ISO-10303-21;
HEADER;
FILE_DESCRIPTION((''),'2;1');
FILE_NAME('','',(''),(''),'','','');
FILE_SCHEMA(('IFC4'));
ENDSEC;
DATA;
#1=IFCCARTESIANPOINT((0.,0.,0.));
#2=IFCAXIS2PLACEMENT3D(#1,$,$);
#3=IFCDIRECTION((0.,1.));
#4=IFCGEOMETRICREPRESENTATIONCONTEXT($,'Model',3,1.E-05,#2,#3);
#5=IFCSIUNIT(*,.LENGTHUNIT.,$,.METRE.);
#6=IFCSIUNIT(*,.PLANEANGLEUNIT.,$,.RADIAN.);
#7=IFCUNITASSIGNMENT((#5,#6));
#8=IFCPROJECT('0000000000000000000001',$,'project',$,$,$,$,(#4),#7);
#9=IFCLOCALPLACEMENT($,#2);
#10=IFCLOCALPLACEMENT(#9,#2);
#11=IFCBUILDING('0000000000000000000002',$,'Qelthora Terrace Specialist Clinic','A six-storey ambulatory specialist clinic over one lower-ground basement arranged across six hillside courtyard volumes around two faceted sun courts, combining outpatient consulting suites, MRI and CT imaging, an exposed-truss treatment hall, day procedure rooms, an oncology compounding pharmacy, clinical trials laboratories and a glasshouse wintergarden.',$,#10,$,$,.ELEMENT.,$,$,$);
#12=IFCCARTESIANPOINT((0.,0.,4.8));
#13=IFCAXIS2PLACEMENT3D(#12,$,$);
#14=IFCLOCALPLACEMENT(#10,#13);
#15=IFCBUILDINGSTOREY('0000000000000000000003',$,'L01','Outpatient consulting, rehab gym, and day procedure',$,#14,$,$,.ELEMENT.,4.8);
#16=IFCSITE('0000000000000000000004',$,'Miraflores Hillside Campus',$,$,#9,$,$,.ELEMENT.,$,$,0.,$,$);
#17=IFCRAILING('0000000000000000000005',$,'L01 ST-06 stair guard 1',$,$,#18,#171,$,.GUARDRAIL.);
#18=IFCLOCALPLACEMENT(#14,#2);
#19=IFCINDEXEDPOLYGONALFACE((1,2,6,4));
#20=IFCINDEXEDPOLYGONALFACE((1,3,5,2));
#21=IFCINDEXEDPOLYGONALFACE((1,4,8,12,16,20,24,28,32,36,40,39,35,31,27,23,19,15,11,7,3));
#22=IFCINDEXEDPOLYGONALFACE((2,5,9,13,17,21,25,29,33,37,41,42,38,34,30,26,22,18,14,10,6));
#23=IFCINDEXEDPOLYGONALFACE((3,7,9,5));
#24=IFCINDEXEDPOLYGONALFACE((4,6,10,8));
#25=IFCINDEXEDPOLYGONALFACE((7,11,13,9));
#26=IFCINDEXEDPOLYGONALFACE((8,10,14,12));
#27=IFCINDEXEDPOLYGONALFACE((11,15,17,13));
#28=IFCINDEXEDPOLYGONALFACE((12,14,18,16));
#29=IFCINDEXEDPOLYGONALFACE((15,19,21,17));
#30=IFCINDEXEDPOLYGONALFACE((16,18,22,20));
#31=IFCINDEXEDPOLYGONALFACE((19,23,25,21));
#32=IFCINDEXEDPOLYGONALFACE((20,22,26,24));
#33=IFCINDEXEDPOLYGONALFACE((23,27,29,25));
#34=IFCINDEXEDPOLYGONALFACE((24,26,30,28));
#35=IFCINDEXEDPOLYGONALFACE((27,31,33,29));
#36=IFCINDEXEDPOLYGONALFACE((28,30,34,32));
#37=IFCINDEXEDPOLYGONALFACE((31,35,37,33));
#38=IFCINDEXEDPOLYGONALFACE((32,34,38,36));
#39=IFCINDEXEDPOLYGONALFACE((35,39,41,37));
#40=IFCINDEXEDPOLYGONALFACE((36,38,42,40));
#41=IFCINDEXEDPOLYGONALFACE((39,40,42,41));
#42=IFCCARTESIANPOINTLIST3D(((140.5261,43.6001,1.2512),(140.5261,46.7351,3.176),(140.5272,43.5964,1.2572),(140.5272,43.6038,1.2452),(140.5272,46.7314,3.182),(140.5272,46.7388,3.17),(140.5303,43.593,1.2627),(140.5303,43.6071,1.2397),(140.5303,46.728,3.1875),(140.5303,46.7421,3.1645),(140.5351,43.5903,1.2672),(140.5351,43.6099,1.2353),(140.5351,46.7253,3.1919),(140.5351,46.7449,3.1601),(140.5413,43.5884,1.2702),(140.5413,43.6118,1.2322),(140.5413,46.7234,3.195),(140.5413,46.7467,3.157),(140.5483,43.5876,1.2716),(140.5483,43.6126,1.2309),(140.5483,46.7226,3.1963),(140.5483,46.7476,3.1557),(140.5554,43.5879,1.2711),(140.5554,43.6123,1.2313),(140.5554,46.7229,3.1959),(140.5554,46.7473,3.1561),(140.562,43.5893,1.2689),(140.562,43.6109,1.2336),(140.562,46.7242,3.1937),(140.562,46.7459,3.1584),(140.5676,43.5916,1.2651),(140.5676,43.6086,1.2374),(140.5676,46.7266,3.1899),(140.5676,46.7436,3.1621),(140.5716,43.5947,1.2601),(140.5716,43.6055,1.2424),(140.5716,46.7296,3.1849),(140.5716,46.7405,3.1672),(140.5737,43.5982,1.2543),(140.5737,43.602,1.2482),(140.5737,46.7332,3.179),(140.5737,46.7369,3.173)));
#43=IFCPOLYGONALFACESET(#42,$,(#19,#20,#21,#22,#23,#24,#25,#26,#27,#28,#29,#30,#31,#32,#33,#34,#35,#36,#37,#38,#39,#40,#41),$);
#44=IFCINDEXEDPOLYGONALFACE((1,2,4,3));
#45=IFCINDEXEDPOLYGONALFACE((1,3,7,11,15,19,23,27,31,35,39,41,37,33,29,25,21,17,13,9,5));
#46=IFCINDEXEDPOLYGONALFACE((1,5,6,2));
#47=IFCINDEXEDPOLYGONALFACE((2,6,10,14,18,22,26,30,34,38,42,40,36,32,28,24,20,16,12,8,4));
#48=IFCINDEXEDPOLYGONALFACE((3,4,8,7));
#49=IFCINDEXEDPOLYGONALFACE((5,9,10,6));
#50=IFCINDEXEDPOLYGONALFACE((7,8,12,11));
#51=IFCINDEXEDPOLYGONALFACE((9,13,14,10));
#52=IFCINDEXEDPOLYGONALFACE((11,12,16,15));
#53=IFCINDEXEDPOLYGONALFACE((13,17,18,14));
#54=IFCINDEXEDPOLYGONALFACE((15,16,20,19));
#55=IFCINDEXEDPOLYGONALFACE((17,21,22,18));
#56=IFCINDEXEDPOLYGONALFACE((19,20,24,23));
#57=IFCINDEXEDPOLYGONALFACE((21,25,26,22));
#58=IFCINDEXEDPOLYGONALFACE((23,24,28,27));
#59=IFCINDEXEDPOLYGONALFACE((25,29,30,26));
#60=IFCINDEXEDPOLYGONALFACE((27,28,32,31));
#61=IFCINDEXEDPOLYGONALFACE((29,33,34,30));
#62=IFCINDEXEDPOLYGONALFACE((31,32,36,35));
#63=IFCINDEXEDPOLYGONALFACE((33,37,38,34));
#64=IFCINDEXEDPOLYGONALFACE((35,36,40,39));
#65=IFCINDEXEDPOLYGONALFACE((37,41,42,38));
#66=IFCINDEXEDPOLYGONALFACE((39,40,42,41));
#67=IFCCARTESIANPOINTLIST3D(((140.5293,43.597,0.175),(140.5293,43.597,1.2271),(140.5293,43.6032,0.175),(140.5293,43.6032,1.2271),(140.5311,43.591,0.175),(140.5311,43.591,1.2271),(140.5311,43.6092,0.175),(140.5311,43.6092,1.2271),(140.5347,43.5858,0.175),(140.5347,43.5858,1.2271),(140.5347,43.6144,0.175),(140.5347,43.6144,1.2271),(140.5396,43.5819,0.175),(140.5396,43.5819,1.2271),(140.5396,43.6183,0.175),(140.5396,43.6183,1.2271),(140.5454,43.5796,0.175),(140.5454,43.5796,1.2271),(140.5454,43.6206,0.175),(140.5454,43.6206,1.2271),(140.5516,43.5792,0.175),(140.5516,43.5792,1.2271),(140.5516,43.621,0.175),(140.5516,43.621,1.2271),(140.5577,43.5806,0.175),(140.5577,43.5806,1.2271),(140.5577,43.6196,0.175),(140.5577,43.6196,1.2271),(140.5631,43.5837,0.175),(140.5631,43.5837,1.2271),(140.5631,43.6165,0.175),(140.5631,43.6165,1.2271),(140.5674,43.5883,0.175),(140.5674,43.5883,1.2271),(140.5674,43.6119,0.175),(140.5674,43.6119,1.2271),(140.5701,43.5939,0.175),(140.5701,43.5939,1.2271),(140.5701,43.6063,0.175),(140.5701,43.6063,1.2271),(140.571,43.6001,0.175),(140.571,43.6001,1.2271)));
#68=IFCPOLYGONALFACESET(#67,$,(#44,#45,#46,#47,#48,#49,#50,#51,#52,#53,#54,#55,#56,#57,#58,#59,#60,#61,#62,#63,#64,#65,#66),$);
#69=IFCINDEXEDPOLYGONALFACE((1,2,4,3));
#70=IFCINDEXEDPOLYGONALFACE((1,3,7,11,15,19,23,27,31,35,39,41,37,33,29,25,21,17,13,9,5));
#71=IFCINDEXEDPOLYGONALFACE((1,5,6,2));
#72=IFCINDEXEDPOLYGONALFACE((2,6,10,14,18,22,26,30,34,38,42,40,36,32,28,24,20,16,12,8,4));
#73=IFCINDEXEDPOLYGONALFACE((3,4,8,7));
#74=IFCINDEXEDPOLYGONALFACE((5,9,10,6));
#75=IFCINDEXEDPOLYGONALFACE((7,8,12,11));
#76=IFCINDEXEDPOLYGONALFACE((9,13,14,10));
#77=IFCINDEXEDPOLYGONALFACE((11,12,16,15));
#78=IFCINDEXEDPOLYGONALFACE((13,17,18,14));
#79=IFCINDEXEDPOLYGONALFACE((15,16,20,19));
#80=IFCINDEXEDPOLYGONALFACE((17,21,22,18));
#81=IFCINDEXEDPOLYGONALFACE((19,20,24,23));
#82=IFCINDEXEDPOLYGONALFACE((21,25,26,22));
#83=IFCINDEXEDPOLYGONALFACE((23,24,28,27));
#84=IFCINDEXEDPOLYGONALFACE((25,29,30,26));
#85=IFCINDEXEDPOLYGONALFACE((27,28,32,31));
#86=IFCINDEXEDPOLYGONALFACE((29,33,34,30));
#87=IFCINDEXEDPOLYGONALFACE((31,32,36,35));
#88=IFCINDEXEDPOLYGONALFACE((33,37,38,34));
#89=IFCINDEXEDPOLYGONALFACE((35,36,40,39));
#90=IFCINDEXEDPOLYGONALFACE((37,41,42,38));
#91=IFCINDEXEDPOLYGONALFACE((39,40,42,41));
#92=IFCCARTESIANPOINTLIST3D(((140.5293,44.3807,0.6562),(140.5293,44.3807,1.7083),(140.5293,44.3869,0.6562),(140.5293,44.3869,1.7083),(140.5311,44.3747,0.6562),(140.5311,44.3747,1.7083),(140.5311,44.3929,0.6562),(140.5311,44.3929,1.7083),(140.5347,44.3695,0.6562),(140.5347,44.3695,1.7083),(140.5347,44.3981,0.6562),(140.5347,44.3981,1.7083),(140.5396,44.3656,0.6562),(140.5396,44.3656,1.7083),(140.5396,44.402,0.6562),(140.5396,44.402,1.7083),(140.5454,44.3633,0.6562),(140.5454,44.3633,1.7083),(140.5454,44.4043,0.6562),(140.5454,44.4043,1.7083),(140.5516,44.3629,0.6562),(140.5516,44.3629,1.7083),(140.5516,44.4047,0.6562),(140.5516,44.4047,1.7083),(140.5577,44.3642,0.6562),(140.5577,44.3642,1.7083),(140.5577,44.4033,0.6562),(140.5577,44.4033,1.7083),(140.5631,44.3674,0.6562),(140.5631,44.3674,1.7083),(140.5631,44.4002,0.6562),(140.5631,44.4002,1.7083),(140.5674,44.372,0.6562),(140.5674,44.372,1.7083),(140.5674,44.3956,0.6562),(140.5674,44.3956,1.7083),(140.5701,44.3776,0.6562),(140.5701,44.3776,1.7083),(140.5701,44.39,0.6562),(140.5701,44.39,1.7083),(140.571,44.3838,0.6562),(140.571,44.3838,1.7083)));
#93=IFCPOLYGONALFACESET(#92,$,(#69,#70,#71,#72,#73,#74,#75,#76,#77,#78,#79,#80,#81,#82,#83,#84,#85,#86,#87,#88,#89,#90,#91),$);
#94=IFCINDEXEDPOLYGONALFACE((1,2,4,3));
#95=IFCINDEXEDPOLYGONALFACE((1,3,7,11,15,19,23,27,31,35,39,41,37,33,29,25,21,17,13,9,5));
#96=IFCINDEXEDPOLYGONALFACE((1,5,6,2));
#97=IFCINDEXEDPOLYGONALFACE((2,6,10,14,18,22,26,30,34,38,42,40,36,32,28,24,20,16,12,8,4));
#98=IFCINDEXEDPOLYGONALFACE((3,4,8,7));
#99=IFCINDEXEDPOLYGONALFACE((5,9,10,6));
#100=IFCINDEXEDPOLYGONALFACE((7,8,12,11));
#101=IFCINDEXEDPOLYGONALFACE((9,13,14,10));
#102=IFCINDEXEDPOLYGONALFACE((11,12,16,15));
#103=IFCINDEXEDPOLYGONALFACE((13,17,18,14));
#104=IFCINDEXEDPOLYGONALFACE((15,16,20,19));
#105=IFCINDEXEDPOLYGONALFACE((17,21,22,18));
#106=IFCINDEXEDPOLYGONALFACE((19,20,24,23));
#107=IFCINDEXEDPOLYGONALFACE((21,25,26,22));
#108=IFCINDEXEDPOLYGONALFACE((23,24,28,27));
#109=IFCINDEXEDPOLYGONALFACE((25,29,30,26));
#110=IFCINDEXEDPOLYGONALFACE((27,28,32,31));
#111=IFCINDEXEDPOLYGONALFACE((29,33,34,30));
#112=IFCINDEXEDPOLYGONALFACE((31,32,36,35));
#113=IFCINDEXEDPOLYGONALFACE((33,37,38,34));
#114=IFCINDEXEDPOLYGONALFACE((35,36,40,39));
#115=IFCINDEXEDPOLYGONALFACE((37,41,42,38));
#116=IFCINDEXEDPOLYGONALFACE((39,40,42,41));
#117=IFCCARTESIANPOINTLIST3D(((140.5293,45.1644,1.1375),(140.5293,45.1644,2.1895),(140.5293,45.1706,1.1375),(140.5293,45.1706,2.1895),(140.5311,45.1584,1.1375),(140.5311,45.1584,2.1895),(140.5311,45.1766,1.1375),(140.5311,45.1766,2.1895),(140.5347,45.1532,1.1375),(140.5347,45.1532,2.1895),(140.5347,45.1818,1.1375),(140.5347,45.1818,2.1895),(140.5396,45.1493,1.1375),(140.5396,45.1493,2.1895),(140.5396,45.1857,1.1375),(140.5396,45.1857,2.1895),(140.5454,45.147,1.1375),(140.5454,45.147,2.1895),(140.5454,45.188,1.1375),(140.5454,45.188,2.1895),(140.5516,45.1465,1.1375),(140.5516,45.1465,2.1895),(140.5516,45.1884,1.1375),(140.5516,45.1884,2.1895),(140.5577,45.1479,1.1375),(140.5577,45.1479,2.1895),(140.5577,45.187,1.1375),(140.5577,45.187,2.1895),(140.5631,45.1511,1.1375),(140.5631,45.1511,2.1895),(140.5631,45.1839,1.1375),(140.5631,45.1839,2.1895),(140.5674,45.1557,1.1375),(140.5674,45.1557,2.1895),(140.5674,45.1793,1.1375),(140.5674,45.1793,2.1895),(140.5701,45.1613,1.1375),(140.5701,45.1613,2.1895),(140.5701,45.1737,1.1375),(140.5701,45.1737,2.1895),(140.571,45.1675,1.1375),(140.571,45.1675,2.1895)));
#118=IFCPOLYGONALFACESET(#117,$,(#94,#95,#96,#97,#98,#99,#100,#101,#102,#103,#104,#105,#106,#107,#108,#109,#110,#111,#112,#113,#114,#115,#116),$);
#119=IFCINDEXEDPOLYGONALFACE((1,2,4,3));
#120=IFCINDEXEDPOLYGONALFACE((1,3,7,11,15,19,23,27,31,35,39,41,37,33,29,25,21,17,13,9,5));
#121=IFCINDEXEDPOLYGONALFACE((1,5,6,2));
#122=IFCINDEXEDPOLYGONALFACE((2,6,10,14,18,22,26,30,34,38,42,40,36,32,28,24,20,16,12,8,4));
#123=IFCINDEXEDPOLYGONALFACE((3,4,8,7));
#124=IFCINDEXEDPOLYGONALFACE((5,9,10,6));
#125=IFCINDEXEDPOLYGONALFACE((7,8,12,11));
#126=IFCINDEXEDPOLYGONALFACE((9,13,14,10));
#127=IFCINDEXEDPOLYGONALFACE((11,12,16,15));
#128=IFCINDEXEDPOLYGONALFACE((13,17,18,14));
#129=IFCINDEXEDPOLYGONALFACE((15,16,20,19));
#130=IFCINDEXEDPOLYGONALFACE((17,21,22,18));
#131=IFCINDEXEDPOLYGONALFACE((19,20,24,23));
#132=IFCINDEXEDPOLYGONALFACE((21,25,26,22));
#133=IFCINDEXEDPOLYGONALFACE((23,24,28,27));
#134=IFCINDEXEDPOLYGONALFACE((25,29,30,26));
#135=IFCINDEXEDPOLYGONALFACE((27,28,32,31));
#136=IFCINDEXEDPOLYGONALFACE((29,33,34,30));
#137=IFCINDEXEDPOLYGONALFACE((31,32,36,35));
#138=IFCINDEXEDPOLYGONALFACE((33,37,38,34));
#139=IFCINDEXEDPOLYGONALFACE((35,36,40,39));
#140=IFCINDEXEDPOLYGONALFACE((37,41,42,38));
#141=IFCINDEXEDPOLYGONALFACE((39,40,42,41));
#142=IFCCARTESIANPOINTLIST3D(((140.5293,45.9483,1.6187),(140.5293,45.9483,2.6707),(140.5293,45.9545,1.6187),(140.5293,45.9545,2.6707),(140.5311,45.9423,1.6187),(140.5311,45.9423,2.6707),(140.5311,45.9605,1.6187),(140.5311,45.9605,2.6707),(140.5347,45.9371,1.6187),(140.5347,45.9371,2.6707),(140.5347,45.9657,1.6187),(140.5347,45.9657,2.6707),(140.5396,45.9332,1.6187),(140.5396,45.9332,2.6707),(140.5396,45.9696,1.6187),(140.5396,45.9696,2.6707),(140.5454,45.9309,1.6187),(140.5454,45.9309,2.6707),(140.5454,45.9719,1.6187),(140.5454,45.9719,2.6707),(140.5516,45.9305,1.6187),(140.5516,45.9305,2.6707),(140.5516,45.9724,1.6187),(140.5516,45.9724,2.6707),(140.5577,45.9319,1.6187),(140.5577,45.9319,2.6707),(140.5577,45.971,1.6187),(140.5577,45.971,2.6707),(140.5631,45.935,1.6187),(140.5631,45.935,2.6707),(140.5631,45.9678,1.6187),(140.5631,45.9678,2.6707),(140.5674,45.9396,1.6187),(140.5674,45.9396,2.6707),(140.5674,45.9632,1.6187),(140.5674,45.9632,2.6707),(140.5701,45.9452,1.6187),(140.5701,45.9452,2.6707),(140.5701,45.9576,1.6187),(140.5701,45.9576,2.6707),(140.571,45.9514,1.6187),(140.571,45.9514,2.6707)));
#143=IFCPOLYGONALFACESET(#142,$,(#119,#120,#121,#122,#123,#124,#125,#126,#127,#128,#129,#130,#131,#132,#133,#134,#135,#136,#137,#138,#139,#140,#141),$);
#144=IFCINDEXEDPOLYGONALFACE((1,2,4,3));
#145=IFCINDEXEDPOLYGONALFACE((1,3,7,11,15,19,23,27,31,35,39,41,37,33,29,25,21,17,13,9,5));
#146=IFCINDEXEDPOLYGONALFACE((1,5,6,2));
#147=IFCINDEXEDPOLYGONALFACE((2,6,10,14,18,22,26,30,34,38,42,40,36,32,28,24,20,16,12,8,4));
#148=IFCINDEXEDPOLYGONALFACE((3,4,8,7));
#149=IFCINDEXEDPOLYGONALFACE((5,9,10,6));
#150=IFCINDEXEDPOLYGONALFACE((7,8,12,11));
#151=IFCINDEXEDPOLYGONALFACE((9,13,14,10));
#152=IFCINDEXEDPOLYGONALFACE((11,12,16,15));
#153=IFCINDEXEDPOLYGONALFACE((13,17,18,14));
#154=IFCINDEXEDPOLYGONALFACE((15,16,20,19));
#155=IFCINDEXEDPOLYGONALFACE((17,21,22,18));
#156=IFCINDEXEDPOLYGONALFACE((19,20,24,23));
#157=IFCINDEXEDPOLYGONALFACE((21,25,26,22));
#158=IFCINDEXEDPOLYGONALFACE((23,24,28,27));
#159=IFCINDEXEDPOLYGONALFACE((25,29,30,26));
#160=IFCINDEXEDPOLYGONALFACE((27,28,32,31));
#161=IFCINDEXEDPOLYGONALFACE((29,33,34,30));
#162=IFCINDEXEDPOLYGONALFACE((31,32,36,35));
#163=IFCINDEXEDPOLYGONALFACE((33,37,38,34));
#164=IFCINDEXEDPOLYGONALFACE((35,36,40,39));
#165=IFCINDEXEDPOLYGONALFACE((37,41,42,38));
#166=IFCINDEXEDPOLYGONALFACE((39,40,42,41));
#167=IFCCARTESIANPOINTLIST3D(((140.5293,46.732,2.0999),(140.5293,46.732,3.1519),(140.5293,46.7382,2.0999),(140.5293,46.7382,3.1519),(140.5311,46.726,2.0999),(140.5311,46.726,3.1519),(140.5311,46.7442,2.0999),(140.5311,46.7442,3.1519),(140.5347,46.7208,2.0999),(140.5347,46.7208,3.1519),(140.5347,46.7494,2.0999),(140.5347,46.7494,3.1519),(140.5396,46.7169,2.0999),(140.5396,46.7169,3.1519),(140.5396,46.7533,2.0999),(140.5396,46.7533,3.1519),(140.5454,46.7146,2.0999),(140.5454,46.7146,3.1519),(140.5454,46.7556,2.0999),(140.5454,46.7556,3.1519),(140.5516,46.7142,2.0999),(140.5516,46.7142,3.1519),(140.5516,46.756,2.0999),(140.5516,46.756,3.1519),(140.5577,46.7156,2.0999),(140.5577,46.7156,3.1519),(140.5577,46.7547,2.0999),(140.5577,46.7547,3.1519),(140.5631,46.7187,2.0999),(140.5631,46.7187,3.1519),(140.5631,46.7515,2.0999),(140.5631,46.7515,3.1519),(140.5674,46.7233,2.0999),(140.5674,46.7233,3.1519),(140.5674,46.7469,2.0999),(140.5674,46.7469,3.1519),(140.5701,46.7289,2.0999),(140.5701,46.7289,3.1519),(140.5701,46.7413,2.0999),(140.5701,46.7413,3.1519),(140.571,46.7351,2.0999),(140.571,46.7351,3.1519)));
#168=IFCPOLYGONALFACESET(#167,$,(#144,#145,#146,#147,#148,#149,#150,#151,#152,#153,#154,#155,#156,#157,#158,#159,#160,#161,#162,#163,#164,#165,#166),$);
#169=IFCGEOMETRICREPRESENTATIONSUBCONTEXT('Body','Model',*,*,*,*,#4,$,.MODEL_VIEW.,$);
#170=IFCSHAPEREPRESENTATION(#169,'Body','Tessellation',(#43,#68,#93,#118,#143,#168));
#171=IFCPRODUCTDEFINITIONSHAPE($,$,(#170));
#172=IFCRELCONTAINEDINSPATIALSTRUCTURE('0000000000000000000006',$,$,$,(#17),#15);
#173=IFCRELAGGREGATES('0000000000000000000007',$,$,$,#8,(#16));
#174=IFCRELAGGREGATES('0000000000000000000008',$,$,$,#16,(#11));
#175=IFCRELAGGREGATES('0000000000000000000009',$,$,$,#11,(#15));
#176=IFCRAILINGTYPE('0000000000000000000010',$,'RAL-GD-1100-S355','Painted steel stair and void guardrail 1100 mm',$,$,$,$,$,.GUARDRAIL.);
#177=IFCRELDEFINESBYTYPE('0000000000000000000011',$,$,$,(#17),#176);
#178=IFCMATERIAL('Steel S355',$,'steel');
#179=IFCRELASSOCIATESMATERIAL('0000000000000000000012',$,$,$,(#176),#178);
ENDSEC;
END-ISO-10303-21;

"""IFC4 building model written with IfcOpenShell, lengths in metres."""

from ifc_helpers import new_model, si_unit, direction, frame, origin, origin_2d, place, context, subcontext, project, spatial, circle, extrude, material, type_object, element, save


model = new_model("IFC4")

# Units and contexts
model_context = context("Model", 3, precision=1e-05, world=origin(), true_north=direction((0.0, 1.0)))
body_context = subcontext(model_context, "Body", "Model", "MODEL_VIEW")
ifc_project = project(units=[si_unit("LENGTHUNIT", "METRE"), si_unit("PLANEANGLEUNIT", "RADIAN")], contexts=[model_context])

# Site, building, storey
site_placement = place(None, origin())
site = spatial("IfcSite", under=ifc_project, at=site_placement, Name="Miraflores Hillside Campus", CompositionType="ELEMENT", RefElevation=0.0)
building_placement = place(site_placement, origin())
building = spatial("IfcBuilding", under=site, at=building_placement, Name="Qelthora Terrace Specialist Clinic", Description="A six-storey ambulatory specialist clinic over one lower-ground basement arranged across six hillside courtyard volumes around two faceted sun courts, combining outpatient consulting suites, MRI and CT imaging, an exposed-truss treatment hall, day procedure rooms, an oncology compounding pharmacy, clinical trials laboratories and a glasshouse wintergarden.", CompositionType="ELEMENT")
storey_placement = place(building_placement, frame((0.0, 0.0, 4.8)))
storey = spatial("IfcBuildingStorey", under=building, at=storey_placement, Name="L01", Description="Outpatient consulting, rehab gym, and day procedure", CompositionType="ELEMENT", Elevation=4.8)

# Shared definitions
ifc_material_1 = material(Name="Steel S355", Category="steel")

# Railing
railing_type = type_object("IfcRailingType", Name="RAL-GD-1100-S355", Description="Painted steel stair and void guardrail 1100 mm", PredefinedType="GUARDRAIL", material=ifc_material_1)
railing_1_placement = place(storey_placement, frame((140.55, 43.6001, 0.175)))
element("IfcRailing", 1, at=railing_1_placement, inside=storey, type_object=railing_type, Name="L01 ST-06 stair guard 1", PredefinedType="GUARDRAIL", context=body_context, shape_type="SweptSolid", body=[
    extrude(circle(Radius=0.0239, at=origin_2d()), frame((0.0, 0.0, 1.0762), z_axis=(0.0, 0.852196, 0.523223), x_axis=(-1.0, 0.0, 0.0)), (0.0, 0.0, 1.0), 3.6787),
    extrude(circle(Radius=0.021, at=origin_2d()), origin(), (0.0, 0.0, 1.0), 1.052),
    extrude(circle(Radius=0.021, at=origin_2d()), frame((0.0, 0.7837, 0.4812)), (0.0, 0.0, 1.0), 1.052),
    extrude(circle(Radius=0.021, at=origin_2d()), frame((0.0, 1.5674, 0.9624)), (0.0, 0.0, 1.0), 1.052),
    extrude(circle(Radius=0.021, at=origin_2d()), frame((0.0, 2.3513, 1.4436)), (0.0, 0.0, 1.0), 1.052),
    extrude(circle(Radius=0.021, at=origin_2d()), frame((0.0, 3.135, 1.9248)), (0.0, 0.0, 1.0), 1.052),
])

save(model, "model.ifc")
